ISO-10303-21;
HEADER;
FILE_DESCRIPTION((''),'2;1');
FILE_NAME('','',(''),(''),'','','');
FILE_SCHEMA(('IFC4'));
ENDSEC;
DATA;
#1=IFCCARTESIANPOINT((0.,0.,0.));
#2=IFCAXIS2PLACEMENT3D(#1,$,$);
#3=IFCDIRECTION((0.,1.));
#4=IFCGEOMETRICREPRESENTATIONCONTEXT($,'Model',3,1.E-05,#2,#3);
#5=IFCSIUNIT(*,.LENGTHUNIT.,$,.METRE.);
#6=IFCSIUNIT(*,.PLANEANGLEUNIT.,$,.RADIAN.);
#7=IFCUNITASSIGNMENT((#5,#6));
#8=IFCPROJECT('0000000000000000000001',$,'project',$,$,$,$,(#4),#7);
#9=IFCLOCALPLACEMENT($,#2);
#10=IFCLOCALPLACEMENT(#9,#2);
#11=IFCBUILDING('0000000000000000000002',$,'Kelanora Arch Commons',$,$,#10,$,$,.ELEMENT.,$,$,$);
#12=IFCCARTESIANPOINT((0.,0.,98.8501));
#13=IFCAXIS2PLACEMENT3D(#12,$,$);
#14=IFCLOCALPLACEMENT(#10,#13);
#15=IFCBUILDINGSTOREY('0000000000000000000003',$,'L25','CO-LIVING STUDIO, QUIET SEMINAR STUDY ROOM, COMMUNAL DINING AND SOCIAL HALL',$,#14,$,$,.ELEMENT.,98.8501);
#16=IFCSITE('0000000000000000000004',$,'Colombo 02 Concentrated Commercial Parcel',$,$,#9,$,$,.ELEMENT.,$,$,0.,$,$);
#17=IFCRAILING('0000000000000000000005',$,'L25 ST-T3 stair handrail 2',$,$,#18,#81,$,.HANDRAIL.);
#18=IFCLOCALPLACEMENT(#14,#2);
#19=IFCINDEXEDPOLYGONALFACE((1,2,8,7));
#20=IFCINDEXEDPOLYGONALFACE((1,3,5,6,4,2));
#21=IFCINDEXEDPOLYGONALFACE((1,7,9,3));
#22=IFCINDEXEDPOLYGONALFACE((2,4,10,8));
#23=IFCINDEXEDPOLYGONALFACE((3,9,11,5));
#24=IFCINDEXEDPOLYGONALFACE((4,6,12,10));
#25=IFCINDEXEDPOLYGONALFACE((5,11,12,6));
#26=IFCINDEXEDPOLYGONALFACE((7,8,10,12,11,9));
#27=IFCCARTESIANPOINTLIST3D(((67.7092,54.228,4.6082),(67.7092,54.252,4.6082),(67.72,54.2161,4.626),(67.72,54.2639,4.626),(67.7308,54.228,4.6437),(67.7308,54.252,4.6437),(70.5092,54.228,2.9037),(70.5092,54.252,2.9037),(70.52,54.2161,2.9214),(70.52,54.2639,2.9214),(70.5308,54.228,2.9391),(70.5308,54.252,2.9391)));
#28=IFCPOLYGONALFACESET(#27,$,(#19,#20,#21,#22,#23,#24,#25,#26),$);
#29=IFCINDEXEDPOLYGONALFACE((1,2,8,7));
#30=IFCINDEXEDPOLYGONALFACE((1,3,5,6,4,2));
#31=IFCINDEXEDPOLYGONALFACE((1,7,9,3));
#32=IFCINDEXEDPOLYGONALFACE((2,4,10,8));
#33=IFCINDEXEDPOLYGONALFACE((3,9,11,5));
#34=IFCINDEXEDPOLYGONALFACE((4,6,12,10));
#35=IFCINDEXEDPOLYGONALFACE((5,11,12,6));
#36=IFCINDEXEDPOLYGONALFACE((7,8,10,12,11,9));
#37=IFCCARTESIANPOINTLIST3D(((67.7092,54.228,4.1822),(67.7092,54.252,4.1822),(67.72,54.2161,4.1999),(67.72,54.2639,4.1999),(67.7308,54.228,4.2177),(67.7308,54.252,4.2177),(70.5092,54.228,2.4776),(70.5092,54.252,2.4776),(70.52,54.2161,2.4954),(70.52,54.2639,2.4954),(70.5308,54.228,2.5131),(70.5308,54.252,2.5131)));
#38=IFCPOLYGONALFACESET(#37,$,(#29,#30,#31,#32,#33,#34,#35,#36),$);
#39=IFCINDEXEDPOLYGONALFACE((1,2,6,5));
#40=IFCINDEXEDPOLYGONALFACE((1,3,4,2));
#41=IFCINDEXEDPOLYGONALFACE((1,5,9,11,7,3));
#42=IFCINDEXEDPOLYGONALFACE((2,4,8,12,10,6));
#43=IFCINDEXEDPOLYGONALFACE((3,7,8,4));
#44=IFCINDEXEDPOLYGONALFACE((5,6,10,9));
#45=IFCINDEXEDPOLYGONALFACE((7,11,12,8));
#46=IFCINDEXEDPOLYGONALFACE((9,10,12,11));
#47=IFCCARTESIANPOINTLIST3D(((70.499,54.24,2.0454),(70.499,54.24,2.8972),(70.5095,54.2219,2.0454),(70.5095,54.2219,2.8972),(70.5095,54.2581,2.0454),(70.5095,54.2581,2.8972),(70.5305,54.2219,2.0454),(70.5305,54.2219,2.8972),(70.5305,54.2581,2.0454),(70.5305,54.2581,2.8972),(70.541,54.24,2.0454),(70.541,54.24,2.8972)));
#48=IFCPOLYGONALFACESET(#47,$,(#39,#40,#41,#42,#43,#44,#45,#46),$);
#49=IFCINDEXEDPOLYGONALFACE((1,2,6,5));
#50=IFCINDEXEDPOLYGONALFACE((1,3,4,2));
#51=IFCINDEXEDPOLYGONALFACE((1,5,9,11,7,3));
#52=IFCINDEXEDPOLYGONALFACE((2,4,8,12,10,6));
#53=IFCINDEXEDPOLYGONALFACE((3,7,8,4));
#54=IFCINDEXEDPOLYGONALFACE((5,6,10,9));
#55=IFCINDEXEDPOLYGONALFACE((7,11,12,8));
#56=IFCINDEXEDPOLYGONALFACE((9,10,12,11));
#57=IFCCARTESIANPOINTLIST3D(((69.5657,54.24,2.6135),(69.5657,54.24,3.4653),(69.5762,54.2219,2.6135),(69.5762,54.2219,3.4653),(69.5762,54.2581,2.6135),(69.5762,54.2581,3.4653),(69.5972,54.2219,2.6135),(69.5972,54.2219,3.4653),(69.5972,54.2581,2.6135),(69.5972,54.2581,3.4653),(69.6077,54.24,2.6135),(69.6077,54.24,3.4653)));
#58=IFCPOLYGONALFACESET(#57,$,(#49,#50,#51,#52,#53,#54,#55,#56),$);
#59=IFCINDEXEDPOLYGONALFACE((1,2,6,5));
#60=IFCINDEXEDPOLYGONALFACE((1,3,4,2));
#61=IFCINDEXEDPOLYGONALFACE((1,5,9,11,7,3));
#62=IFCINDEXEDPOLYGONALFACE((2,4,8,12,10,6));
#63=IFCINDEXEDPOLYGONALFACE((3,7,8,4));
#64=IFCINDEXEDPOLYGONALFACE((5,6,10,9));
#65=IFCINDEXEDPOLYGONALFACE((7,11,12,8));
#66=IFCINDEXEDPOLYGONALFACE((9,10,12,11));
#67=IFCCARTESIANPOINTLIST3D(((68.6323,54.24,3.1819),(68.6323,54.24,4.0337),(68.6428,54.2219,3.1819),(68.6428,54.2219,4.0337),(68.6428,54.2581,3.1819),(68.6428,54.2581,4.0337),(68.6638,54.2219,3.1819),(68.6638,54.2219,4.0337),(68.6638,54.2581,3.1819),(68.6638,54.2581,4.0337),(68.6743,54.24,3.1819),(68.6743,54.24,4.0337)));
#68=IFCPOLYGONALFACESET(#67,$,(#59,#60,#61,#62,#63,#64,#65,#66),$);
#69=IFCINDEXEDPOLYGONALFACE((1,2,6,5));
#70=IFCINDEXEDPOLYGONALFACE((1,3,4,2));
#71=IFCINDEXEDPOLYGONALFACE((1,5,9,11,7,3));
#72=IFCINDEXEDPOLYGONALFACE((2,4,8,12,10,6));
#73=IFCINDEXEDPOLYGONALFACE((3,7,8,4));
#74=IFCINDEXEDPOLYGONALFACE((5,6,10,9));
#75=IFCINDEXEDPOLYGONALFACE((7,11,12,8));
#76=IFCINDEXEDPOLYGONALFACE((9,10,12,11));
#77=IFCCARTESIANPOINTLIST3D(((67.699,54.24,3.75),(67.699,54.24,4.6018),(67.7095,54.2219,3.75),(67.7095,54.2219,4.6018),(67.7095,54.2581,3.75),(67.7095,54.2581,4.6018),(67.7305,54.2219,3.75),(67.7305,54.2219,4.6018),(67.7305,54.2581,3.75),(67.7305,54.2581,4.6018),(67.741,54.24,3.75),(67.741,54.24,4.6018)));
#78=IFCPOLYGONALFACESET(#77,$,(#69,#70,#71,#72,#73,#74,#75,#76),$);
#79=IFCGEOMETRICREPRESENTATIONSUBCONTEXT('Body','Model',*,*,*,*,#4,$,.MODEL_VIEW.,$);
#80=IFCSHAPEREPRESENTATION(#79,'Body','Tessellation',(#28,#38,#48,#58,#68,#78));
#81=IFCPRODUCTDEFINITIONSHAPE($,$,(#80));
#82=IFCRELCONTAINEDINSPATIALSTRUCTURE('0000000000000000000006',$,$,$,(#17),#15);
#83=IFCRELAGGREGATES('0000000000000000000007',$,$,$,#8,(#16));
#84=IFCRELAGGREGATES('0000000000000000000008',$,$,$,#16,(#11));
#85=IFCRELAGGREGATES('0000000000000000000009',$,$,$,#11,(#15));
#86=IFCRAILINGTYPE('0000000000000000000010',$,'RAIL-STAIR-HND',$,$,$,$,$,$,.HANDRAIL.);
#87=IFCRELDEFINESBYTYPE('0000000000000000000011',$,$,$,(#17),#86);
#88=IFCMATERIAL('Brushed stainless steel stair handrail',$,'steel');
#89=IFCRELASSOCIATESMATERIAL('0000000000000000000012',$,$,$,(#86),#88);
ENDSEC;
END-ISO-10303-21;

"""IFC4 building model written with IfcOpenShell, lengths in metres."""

from ifc_helpers import new_model, si_unit, direction, frame, origin, place, context, subcontext, project, spatial, polyline, outline, extrude, material, type_object, element, save


model = new_model("IFC4")

# Units and contexts
model_context = context("Model", 3, precision=1e-05, world=origin(), true_north=direction((0.0, 1.0)))
body_context = subcontext(model_context, "Body", "Model", "MODEL_VIEW")
ifc_project = project(units=[si_unit("LENGTHUNIT", "METRE"), si_unit("PLANEANGLEUNIT", "RADIAN")], contexts=[model_context])

# Site, building, storey
site_placement = place(None, origin())
site = spatial("IfcSite", under=ifc_project, at=site_placement, Name="Colombo 02 Concentrated Commercial Parcel", CompositionType="ELEMENT", RefElevation=0.0)
building_placement = place(site_placement, origin())
building = spatial("IfcBuilding", under=site, at=building_placement, Name="Kelanora Arch Commons", CompositionType="ELEMENT")
storey_placement = place(building_placement, frame((0.0, 0.0, 98.8501)))
storey = spatial("IfcBuildingStorey", under=building, at=storey_placement, Name="L25", Description="CO-LIVING STUDIO, QUIET SEMINAR STUDY ROOM, COMMUNAL DINING AND SOCIAL HALL", CompositionType="ELEMENT", Elevation=98.8501)

# Railing
ifc_material_1 = material(Name="Brushed stainless steel stair handrail", Category="steel")
railing_type_1 = type_object("IfcRailingType", Name="RAIL-STAIR-HND", PredefinedType="HANDRAIL", material=ifc_material_1)
railing_1_placement = place(storey_placement, frame((70.52, 54.24, 2.0454)))
element("IfcRailing", 1, at=railing_1_placement, inside=storey, type_object=railing_type_1, Name="L25 ST-T3 stair handrail 2", PredefinedType="HANDRAIL", context=body_context, shape_type="SweptSolid", body=[
    extrude(outline(polyline([(0.0239, 0.0), (0.012, 0.0208), (-0.012, 0.0208), (-0.0239, 0.0), (-0.012, -0.0208), (0.012, -0.0208), (0.0239, 0.0)])), frame((0.0, 0.0, 0.876), z_axis=(-0.85417, 0.0, 0.519994), x_axis=(0.0, -1.0, 0.0)), (0.0, 0.0, 1.0), 3.2781),
    extrude(outline(polyline([(0.0239, 0.0), (0.012, 0.0208), (-0.012, 0.0208), (-0.0239, 0.0), (-0.012, -0.0208), (0.012, -0.0208), (0.0239, 0.0)])), frame((0.0, 0.0, 0.45), z_axis=(-0.85417, 0.0, 0.519994), x_axis=(0.0, -1.0, 0.0)), (0.0, 0.0, 1.0), 3.2781),
    extrude(outline(polyline([(0.021, 0.0), (0.0105, 0.0181), (-0.0105, 0.0181), (-0.021, 0.0), (-0.0105, -0.0181), (0.0105, -0.0181), (0.021, 0.0)])), origin(), (0.0, 0.0, 1.0), 0.8518),
    extrude(outline(polyline([(0.021, 0.0), (0.0105, 0.0181), (-0.0105, 0.0181), (-0.021, 0.0), (-0.0105, -0.0181), (0.0105, -0.0181), (0.021, 0.0)])), frame((-0.9333, 0.0, 0.5681)), (0.0, 0.0, 1.0), 0.8518),
    extrude(outline(polyline([(0.021, 0.0), (0.0105, 0.0181), (-0.0105, 0.0181), (-0.021, 0.0), (-0.0105, -0.0181), (0.0105, -0.0181), (0.021, 0.0)])), frame((-1.8667, 0.0, 1.1365)), (0.0, 0.0, 1.0), 0.8518),
    extrude(outline(polyline([(0.021, 0.0), (0.0105, 0.0181), (-0.0105, 0.0181), (-0.021, 0.0), (-0.0105, -0.0181), (0.0105, -0.0181), (0.021, 0.0)])), frame((-2.8, 0.0, 1.7046)), (0.0, 0.0, 1.0), 0.8518),
])

save(model, "model.ifc")
